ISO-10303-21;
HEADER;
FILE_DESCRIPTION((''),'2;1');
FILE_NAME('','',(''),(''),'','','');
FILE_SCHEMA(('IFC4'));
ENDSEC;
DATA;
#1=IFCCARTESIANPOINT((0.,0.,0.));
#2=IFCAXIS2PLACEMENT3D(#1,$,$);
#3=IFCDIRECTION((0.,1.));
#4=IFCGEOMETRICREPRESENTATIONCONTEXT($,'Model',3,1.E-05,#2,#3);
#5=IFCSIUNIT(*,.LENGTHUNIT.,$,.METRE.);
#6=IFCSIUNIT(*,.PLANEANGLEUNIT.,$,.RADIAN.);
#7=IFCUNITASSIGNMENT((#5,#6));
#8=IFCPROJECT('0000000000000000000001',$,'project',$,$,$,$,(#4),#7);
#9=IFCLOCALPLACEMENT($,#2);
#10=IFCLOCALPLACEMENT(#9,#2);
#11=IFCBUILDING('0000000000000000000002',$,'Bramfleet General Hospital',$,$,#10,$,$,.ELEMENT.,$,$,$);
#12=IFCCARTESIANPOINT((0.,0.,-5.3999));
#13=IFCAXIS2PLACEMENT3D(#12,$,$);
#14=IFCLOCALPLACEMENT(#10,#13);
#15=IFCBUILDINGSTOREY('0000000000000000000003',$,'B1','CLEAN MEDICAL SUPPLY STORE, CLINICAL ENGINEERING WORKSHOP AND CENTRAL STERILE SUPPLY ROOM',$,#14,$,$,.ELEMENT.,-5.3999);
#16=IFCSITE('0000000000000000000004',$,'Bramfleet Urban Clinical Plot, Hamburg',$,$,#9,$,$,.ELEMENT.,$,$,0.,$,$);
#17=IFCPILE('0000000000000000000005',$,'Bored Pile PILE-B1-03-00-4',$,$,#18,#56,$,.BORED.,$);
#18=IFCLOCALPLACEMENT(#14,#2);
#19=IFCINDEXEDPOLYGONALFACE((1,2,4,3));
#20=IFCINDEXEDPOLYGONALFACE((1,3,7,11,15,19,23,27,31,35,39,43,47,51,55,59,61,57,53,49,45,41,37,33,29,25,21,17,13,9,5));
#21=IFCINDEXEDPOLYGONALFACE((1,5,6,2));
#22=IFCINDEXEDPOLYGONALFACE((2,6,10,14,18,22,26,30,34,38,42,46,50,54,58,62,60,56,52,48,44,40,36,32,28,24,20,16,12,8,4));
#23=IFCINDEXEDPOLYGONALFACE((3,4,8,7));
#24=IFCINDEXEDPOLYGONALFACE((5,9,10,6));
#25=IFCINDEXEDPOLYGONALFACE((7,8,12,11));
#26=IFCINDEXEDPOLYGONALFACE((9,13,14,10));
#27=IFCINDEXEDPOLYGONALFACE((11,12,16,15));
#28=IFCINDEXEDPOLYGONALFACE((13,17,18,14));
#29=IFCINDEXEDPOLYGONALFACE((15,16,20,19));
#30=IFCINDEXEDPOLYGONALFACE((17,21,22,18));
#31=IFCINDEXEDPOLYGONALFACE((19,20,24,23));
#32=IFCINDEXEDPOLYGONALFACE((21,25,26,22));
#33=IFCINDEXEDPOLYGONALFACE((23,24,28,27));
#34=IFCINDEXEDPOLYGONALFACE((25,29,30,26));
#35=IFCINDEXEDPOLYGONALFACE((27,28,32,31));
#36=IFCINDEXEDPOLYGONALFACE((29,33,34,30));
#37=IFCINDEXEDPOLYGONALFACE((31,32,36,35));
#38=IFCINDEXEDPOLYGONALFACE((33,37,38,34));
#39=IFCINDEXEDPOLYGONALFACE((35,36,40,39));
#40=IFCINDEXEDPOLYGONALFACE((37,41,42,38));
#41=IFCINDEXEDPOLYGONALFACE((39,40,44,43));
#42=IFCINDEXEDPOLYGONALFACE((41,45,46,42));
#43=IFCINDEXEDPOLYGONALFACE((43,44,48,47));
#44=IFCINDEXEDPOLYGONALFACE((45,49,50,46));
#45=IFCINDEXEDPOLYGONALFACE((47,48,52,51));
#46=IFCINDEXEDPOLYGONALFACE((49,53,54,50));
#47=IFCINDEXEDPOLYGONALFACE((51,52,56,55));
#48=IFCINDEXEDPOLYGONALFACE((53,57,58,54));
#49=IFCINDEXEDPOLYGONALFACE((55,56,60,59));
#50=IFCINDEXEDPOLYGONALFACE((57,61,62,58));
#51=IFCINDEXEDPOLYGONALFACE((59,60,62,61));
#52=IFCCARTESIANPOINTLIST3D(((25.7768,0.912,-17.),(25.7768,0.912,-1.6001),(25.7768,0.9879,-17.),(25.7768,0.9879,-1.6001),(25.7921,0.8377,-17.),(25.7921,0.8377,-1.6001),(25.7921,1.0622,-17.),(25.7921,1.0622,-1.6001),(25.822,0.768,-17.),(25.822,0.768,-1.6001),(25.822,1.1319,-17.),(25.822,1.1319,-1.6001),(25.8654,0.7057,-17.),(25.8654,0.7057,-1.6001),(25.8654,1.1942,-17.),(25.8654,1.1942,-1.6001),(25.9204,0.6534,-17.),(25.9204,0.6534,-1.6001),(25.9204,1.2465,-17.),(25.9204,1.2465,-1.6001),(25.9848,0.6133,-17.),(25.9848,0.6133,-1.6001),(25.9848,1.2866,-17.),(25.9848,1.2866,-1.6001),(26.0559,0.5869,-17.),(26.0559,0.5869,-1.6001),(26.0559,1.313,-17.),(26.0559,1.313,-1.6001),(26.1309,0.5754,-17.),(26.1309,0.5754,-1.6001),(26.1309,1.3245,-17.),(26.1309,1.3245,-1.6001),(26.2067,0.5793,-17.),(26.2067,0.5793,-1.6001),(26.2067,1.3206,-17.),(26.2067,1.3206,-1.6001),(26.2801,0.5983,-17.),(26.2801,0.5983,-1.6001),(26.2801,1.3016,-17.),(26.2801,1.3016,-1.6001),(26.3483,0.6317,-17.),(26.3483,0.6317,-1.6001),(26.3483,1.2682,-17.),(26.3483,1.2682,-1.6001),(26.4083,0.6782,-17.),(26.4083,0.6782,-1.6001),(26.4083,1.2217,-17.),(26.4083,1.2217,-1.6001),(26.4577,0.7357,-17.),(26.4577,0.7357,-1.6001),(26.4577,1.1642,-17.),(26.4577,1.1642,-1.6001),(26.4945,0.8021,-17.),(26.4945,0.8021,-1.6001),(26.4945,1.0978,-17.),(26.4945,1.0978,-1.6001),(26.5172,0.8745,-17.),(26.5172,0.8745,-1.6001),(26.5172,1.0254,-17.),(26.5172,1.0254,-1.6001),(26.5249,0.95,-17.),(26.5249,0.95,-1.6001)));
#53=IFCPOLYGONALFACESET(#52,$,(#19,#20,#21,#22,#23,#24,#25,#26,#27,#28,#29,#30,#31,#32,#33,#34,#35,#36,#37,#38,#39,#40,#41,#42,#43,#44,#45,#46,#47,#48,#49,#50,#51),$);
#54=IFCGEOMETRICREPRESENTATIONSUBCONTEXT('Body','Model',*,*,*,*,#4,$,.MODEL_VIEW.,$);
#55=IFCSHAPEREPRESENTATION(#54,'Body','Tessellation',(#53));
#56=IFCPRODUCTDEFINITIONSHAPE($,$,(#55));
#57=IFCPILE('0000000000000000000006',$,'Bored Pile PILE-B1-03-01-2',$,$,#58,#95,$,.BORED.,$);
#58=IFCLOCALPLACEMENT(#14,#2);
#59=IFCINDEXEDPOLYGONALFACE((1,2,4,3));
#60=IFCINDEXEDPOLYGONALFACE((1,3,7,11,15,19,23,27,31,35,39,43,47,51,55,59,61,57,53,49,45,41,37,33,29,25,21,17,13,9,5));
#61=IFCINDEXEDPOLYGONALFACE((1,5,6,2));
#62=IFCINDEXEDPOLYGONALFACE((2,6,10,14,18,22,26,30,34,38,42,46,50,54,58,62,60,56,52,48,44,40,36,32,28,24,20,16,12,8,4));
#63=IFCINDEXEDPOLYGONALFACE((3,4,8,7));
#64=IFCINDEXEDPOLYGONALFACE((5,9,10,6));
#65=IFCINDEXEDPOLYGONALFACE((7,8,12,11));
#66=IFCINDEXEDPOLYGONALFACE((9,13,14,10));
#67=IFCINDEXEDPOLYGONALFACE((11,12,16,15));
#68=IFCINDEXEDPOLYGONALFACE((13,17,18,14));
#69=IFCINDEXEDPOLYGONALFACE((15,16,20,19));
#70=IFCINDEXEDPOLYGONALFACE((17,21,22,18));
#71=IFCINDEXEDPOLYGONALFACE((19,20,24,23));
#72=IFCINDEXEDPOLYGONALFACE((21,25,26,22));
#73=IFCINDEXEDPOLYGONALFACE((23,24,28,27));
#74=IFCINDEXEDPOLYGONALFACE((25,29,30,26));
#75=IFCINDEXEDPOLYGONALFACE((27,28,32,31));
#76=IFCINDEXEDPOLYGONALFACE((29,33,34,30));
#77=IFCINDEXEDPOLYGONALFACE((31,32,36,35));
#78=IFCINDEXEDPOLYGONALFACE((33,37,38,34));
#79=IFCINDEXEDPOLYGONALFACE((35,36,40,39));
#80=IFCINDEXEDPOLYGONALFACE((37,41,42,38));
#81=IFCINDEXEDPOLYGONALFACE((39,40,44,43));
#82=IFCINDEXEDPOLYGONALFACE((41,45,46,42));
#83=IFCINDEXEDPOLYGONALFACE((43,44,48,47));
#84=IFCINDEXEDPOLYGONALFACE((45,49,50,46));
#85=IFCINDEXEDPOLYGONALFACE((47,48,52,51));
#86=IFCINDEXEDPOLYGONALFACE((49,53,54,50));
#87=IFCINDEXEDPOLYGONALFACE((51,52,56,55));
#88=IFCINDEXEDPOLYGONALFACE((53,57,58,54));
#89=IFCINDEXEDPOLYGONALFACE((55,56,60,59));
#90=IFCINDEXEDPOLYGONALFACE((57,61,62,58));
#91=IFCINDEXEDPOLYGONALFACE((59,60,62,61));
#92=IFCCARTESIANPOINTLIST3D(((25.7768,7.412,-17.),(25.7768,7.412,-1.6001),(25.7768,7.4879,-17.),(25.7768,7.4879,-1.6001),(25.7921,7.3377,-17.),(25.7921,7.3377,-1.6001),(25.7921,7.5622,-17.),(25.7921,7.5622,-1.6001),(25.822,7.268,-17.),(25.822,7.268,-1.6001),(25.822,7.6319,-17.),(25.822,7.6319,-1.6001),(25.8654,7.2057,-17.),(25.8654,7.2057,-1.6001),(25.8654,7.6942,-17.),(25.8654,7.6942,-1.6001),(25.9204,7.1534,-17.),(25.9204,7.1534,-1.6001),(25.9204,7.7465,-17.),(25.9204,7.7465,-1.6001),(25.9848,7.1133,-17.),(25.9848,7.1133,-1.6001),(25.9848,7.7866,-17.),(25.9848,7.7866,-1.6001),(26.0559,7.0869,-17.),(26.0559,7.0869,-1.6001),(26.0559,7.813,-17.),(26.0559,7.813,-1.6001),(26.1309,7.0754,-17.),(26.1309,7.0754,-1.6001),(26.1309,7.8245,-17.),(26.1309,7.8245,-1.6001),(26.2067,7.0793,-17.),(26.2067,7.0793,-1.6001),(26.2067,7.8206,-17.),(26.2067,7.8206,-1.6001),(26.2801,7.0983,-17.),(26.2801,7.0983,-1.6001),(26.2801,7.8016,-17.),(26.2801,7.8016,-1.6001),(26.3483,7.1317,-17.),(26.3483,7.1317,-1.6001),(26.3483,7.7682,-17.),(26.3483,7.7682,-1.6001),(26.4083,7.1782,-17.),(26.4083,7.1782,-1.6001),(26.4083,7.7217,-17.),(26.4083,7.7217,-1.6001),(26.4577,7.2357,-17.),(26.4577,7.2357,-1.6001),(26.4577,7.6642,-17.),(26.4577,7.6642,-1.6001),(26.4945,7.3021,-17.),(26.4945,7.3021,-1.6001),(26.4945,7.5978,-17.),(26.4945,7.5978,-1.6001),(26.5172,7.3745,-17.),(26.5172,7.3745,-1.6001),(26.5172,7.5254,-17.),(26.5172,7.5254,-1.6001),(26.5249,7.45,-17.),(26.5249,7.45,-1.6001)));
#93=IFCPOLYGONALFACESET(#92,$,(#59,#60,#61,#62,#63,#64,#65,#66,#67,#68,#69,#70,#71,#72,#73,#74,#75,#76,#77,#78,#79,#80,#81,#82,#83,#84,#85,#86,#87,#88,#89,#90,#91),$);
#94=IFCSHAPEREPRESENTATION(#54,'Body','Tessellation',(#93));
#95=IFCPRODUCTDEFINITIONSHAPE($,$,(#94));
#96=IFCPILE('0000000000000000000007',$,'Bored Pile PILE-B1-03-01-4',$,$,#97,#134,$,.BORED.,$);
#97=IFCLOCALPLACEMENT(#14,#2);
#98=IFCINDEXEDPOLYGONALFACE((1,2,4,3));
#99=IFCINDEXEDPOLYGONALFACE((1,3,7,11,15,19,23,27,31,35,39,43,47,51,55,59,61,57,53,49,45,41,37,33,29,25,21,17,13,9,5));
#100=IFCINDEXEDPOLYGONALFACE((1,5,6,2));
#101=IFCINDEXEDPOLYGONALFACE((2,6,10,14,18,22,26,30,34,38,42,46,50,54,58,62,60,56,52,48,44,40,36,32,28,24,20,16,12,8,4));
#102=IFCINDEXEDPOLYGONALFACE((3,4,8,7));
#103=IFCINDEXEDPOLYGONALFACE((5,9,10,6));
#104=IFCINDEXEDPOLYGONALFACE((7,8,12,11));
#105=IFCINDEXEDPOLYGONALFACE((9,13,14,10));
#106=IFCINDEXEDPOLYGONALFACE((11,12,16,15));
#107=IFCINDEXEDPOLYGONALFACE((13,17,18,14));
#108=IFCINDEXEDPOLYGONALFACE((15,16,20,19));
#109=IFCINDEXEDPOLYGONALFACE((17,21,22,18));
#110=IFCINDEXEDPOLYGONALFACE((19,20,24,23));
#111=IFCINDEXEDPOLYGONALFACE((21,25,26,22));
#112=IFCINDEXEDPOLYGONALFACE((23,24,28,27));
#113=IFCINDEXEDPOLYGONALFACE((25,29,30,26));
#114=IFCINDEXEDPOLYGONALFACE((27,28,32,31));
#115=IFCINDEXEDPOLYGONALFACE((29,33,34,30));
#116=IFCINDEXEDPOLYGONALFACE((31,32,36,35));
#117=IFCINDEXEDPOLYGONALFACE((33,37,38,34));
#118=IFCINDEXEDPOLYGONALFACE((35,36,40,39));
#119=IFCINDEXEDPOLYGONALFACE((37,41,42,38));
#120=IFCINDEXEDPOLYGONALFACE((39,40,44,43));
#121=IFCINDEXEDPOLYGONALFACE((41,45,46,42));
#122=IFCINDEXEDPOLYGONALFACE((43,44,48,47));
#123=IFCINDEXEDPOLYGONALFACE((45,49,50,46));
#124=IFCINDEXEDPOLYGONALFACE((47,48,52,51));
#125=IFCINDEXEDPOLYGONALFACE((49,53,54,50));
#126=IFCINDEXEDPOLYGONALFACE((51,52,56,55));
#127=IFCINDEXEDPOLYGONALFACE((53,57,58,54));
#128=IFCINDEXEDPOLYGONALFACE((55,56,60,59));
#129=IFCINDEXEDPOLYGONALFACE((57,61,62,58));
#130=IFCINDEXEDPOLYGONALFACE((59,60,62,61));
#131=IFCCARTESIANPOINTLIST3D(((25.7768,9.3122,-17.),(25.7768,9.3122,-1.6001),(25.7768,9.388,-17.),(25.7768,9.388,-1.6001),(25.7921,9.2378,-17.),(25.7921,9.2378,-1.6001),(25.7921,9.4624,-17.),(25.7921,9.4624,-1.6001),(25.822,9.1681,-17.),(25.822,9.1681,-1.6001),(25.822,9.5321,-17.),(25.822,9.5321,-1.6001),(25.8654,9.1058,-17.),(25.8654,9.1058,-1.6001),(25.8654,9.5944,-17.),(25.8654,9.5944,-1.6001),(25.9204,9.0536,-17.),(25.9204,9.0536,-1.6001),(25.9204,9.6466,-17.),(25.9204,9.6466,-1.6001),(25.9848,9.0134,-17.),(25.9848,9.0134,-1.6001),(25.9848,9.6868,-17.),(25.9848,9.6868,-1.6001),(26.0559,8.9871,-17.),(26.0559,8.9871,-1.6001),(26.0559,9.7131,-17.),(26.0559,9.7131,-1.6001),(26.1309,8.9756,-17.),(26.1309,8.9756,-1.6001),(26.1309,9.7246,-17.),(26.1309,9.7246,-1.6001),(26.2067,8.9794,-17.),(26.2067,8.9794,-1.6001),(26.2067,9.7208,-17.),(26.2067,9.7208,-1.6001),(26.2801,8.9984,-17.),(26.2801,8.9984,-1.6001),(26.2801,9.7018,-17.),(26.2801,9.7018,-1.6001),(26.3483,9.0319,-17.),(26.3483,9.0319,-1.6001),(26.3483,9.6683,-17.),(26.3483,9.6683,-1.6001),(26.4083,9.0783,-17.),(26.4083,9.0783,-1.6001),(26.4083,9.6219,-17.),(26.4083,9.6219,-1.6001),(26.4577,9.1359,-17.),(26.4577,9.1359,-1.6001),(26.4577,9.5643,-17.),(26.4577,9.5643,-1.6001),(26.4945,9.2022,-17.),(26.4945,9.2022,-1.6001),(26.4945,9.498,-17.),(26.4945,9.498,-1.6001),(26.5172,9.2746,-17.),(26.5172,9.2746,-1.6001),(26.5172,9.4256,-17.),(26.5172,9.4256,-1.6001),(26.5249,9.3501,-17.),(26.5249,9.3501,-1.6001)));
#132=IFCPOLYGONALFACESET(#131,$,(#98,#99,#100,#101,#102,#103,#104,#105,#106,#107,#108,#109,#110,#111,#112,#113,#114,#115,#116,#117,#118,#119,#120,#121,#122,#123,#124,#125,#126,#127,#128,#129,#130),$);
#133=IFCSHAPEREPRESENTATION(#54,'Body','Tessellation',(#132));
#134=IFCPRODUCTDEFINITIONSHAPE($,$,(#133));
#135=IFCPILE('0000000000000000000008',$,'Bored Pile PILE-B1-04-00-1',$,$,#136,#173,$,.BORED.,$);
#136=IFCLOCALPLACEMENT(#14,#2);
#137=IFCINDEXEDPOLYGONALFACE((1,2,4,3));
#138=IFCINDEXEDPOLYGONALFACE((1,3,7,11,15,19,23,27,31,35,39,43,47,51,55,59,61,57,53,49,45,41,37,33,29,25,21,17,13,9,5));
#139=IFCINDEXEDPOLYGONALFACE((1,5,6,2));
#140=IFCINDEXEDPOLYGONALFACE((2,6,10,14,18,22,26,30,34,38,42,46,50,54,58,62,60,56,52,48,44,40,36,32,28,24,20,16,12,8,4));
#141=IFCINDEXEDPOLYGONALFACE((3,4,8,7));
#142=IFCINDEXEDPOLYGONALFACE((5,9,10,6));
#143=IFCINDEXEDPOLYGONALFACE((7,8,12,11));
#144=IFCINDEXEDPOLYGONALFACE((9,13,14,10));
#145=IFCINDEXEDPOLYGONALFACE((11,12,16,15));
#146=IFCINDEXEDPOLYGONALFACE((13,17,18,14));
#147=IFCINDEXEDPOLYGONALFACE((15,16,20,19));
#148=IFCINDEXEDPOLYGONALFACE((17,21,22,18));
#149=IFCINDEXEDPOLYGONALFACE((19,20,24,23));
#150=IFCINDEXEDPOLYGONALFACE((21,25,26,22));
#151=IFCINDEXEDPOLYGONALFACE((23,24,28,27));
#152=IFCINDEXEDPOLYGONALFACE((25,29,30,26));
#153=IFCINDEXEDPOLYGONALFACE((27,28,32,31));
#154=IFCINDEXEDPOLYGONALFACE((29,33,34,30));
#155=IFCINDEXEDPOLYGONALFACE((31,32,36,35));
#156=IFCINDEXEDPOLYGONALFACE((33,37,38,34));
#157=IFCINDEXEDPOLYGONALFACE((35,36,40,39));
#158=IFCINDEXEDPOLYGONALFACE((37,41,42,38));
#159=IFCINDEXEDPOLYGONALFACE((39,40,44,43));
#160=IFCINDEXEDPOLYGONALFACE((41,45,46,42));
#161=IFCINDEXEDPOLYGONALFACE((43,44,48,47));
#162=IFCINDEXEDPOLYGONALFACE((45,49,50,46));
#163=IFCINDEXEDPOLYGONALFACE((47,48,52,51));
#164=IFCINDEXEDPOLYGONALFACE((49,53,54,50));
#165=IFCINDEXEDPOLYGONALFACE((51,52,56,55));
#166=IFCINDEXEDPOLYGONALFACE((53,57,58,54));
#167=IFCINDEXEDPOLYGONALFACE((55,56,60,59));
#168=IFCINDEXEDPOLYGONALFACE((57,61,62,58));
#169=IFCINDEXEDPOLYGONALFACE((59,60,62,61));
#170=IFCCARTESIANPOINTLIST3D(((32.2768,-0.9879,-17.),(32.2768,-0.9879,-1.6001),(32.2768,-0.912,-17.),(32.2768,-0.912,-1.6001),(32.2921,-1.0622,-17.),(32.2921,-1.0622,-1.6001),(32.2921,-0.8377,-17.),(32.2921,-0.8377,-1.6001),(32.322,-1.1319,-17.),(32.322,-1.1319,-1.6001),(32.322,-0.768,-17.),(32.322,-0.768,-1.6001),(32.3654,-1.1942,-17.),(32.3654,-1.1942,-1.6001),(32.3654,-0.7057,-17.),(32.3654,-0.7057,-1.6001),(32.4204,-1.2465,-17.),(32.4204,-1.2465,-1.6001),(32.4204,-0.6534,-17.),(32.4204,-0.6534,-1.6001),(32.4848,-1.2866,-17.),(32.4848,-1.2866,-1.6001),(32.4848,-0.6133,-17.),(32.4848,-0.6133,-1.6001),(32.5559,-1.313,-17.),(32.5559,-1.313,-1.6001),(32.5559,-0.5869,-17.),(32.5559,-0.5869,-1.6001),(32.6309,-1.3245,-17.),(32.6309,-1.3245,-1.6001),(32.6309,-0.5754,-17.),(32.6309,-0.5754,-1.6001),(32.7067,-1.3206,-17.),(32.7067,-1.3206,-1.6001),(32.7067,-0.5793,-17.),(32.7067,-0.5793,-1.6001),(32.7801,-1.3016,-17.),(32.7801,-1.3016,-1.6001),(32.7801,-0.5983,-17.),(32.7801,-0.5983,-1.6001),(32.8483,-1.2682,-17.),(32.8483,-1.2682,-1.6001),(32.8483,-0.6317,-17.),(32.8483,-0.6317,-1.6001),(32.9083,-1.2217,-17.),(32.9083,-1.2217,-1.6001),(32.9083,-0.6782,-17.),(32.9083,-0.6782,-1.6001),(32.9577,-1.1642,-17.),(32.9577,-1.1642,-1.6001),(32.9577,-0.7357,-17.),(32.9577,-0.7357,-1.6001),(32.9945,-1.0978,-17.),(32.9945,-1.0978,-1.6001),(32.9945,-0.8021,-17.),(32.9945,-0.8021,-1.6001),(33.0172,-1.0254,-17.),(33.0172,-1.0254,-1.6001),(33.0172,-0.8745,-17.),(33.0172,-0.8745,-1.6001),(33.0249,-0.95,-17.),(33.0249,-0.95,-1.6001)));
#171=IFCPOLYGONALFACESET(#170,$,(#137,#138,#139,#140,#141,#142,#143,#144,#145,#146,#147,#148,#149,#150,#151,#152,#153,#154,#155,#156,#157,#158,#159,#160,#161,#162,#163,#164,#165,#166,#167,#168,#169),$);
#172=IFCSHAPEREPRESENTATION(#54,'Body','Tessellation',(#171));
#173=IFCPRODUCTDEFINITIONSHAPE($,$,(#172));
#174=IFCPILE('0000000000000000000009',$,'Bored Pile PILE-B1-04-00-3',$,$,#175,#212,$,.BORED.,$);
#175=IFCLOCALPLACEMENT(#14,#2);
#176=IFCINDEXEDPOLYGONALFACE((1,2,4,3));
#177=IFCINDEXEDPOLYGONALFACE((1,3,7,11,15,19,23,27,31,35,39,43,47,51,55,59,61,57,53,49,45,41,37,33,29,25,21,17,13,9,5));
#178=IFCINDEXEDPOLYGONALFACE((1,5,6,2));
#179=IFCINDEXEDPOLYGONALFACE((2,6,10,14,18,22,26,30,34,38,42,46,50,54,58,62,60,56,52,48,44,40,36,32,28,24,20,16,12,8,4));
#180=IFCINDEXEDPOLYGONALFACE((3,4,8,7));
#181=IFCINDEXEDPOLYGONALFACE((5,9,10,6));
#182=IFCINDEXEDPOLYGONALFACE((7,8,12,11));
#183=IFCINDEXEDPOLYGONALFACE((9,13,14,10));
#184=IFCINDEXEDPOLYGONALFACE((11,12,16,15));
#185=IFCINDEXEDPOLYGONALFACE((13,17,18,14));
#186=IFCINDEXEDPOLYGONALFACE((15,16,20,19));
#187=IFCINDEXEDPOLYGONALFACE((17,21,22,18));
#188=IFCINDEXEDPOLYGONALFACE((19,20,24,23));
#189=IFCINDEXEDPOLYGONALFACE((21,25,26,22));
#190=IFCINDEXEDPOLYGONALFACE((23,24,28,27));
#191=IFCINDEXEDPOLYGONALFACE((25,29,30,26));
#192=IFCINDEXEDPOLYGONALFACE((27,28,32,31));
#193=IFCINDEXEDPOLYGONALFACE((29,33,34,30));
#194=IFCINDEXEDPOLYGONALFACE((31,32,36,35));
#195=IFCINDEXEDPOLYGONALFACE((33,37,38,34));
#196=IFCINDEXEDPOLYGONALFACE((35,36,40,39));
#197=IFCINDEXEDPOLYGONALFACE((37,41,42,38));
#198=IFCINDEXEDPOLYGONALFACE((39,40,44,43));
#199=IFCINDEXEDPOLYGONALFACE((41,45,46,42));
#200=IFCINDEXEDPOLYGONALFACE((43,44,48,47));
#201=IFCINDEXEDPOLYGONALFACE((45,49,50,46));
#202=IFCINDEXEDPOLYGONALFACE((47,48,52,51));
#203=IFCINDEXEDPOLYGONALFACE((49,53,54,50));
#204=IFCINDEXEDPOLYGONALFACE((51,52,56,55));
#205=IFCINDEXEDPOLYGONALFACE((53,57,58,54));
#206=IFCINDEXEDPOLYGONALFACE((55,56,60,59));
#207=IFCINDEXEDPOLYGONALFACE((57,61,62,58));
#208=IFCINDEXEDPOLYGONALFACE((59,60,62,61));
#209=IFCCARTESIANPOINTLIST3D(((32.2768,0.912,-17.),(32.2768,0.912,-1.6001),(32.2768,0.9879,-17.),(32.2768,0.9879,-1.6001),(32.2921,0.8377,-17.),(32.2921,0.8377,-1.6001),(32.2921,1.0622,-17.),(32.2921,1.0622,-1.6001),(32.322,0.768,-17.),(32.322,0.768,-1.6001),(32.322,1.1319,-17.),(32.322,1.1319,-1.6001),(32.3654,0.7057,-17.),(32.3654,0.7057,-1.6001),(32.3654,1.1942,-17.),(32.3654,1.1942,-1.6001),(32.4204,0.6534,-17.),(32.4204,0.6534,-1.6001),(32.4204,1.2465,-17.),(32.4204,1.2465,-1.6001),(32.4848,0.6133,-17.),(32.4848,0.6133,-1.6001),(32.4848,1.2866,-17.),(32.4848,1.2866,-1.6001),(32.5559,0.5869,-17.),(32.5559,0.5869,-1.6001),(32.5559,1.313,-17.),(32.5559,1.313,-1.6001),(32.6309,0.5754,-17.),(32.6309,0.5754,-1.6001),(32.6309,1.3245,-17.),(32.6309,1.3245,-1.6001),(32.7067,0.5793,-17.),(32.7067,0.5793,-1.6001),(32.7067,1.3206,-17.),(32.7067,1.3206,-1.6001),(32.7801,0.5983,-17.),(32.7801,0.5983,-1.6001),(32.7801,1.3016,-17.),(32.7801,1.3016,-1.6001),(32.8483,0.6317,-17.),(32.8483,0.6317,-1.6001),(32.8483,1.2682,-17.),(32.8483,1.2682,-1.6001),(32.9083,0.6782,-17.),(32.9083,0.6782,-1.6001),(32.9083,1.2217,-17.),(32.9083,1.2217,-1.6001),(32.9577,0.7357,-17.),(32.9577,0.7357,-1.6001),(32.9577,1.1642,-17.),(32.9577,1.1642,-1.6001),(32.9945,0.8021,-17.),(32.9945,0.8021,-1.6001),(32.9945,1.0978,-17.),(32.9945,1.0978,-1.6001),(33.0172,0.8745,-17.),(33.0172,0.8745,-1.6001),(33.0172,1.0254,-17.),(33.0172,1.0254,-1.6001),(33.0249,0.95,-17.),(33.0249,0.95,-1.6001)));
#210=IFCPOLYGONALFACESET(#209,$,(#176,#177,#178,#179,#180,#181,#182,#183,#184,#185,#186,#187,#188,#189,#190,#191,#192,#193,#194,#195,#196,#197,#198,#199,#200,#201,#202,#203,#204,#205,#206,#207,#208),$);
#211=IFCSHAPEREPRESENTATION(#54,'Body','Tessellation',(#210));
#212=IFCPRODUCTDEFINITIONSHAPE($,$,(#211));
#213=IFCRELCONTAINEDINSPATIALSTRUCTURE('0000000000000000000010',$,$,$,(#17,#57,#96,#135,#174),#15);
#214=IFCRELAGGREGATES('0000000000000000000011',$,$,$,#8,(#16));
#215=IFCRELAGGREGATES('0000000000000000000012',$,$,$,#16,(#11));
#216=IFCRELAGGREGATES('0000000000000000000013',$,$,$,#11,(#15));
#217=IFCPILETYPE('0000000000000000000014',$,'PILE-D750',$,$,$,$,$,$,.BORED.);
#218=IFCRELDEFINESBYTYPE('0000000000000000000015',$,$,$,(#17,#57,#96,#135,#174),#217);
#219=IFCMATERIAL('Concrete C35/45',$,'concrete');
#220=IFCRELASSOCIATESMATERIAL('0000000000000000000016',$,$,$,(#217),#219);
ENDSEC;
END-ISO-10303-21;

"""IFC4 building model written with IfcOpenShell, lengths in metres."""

from ifc_helpers import new_model, si_unit, direction, frame, origin, origin_2d, place, context, subcontext, project, spatial, circle, extrude, material, material_profile, profile_set, type_object, element, save


model = new_model("IFC4")

# Units and contexts
model_context = context("Model", 3, precision=1e-05, world=origin(), true_north=direction((0.0, 1.0)))
body_context = subcontext(model_context, "Body", "Model", "MODEL_VIEW")
ifc_project = project(units=[si_unit("LENGTHUNIT", "METRE"), si_unit("PLANEANGLEUNIT", "RADIAN")], contexts=[model_context])

# Site, building, storey
site_placement = place(None, origin())
site = spatial("IfcSite", under=ifc_project, at=site_placement, Name="Bramfleet Urban Clinical Plot, Hamburg", CompositionType="ELEMENT", RefElevation=0.0)
building_placement = place(site_placement, origin())
building = spatial("IfcBuilding", under=site, at=building_placement, Name="Bramfleet General Hospital", CompositionType="ELEMENT")
storey_placement = place(building_placement, frame((0.0, 0.0, -5.3999)))
storey = spatial("IfcBuildingStorey", under=building, at=storey_placement, Name="B1", Description="CLEAN MEDICAL SUPPLY STORE, CLINICAL ENGINEERING WORKSHOP AND CENTRAL STERILE SUPPLY ROOM", CompositionType="ELEMENT", Elevation=-5.3999)

# Shared definitions
ifc_material_1 = material(Name="Concrete C35/45", Category="concrete")

# Piles
ifc_material_profile_1 = material_profile(ifc_material_1, circle(Radius=0.375, at=origin_2d()), Name="PILE BORED D750")
ifc_profile_set_1 = profile_set([ifc_material_profile_1], Name="Concrete C35/45")
pile_type = type_object("IfcPileType", Name="PILE-D750", PredefinedType="BORED", material=ifc_profile_set_1)
for number, where, z_axis, x_axis, name in (
    (1, (26.1499, 0.95, -1.6001), (0.0, 0.0, -1.0), (1.0, 0.0, 0.0), "Bored Pile PILE-B1-03-00-4"),
    (2, (26.1499, 7.45, -1.6001), (0.0, 0.0, -1.0), (1.0, 0.0, 0.0), "Bored Pile PILE-B1-03-01-2"),
    (3, (26.1499, 9.3501, -1.6001), (0.0, 0.0, -1.0), (1.0, 0.0, 0.0), "Bored Pile PILE-B1-03-01-4"),
    (4, (32.6499, -0.95, -1.6001), (0.0, 0.0, -1.0), (1.0, 0.0, 0.0), "Bored Pile PILE-B1-04-00-1"),
    (5, (32.6499, 0.95, -1.6001), (0.0, 0.0, -1.0), (1.0, 0.0, 0.0), "Bored Pile PILE-B1-04-00-3"),
):
    element("IfcPile", number, at=place(storey_placement, frame(where, z_axis=z_axis, x_axis=x_axis)), inside=storey, type_object=pile_type, Name=name, PredefinedType="BORED", context=body_context, shape_type="SweptSolid", body=[
        extrude(circle(Radius=0.375, at=origin_2d()), origin(), (0.0, 0.0, 1.0), 15.3999),
    ])

save(model, "model.ifc")
